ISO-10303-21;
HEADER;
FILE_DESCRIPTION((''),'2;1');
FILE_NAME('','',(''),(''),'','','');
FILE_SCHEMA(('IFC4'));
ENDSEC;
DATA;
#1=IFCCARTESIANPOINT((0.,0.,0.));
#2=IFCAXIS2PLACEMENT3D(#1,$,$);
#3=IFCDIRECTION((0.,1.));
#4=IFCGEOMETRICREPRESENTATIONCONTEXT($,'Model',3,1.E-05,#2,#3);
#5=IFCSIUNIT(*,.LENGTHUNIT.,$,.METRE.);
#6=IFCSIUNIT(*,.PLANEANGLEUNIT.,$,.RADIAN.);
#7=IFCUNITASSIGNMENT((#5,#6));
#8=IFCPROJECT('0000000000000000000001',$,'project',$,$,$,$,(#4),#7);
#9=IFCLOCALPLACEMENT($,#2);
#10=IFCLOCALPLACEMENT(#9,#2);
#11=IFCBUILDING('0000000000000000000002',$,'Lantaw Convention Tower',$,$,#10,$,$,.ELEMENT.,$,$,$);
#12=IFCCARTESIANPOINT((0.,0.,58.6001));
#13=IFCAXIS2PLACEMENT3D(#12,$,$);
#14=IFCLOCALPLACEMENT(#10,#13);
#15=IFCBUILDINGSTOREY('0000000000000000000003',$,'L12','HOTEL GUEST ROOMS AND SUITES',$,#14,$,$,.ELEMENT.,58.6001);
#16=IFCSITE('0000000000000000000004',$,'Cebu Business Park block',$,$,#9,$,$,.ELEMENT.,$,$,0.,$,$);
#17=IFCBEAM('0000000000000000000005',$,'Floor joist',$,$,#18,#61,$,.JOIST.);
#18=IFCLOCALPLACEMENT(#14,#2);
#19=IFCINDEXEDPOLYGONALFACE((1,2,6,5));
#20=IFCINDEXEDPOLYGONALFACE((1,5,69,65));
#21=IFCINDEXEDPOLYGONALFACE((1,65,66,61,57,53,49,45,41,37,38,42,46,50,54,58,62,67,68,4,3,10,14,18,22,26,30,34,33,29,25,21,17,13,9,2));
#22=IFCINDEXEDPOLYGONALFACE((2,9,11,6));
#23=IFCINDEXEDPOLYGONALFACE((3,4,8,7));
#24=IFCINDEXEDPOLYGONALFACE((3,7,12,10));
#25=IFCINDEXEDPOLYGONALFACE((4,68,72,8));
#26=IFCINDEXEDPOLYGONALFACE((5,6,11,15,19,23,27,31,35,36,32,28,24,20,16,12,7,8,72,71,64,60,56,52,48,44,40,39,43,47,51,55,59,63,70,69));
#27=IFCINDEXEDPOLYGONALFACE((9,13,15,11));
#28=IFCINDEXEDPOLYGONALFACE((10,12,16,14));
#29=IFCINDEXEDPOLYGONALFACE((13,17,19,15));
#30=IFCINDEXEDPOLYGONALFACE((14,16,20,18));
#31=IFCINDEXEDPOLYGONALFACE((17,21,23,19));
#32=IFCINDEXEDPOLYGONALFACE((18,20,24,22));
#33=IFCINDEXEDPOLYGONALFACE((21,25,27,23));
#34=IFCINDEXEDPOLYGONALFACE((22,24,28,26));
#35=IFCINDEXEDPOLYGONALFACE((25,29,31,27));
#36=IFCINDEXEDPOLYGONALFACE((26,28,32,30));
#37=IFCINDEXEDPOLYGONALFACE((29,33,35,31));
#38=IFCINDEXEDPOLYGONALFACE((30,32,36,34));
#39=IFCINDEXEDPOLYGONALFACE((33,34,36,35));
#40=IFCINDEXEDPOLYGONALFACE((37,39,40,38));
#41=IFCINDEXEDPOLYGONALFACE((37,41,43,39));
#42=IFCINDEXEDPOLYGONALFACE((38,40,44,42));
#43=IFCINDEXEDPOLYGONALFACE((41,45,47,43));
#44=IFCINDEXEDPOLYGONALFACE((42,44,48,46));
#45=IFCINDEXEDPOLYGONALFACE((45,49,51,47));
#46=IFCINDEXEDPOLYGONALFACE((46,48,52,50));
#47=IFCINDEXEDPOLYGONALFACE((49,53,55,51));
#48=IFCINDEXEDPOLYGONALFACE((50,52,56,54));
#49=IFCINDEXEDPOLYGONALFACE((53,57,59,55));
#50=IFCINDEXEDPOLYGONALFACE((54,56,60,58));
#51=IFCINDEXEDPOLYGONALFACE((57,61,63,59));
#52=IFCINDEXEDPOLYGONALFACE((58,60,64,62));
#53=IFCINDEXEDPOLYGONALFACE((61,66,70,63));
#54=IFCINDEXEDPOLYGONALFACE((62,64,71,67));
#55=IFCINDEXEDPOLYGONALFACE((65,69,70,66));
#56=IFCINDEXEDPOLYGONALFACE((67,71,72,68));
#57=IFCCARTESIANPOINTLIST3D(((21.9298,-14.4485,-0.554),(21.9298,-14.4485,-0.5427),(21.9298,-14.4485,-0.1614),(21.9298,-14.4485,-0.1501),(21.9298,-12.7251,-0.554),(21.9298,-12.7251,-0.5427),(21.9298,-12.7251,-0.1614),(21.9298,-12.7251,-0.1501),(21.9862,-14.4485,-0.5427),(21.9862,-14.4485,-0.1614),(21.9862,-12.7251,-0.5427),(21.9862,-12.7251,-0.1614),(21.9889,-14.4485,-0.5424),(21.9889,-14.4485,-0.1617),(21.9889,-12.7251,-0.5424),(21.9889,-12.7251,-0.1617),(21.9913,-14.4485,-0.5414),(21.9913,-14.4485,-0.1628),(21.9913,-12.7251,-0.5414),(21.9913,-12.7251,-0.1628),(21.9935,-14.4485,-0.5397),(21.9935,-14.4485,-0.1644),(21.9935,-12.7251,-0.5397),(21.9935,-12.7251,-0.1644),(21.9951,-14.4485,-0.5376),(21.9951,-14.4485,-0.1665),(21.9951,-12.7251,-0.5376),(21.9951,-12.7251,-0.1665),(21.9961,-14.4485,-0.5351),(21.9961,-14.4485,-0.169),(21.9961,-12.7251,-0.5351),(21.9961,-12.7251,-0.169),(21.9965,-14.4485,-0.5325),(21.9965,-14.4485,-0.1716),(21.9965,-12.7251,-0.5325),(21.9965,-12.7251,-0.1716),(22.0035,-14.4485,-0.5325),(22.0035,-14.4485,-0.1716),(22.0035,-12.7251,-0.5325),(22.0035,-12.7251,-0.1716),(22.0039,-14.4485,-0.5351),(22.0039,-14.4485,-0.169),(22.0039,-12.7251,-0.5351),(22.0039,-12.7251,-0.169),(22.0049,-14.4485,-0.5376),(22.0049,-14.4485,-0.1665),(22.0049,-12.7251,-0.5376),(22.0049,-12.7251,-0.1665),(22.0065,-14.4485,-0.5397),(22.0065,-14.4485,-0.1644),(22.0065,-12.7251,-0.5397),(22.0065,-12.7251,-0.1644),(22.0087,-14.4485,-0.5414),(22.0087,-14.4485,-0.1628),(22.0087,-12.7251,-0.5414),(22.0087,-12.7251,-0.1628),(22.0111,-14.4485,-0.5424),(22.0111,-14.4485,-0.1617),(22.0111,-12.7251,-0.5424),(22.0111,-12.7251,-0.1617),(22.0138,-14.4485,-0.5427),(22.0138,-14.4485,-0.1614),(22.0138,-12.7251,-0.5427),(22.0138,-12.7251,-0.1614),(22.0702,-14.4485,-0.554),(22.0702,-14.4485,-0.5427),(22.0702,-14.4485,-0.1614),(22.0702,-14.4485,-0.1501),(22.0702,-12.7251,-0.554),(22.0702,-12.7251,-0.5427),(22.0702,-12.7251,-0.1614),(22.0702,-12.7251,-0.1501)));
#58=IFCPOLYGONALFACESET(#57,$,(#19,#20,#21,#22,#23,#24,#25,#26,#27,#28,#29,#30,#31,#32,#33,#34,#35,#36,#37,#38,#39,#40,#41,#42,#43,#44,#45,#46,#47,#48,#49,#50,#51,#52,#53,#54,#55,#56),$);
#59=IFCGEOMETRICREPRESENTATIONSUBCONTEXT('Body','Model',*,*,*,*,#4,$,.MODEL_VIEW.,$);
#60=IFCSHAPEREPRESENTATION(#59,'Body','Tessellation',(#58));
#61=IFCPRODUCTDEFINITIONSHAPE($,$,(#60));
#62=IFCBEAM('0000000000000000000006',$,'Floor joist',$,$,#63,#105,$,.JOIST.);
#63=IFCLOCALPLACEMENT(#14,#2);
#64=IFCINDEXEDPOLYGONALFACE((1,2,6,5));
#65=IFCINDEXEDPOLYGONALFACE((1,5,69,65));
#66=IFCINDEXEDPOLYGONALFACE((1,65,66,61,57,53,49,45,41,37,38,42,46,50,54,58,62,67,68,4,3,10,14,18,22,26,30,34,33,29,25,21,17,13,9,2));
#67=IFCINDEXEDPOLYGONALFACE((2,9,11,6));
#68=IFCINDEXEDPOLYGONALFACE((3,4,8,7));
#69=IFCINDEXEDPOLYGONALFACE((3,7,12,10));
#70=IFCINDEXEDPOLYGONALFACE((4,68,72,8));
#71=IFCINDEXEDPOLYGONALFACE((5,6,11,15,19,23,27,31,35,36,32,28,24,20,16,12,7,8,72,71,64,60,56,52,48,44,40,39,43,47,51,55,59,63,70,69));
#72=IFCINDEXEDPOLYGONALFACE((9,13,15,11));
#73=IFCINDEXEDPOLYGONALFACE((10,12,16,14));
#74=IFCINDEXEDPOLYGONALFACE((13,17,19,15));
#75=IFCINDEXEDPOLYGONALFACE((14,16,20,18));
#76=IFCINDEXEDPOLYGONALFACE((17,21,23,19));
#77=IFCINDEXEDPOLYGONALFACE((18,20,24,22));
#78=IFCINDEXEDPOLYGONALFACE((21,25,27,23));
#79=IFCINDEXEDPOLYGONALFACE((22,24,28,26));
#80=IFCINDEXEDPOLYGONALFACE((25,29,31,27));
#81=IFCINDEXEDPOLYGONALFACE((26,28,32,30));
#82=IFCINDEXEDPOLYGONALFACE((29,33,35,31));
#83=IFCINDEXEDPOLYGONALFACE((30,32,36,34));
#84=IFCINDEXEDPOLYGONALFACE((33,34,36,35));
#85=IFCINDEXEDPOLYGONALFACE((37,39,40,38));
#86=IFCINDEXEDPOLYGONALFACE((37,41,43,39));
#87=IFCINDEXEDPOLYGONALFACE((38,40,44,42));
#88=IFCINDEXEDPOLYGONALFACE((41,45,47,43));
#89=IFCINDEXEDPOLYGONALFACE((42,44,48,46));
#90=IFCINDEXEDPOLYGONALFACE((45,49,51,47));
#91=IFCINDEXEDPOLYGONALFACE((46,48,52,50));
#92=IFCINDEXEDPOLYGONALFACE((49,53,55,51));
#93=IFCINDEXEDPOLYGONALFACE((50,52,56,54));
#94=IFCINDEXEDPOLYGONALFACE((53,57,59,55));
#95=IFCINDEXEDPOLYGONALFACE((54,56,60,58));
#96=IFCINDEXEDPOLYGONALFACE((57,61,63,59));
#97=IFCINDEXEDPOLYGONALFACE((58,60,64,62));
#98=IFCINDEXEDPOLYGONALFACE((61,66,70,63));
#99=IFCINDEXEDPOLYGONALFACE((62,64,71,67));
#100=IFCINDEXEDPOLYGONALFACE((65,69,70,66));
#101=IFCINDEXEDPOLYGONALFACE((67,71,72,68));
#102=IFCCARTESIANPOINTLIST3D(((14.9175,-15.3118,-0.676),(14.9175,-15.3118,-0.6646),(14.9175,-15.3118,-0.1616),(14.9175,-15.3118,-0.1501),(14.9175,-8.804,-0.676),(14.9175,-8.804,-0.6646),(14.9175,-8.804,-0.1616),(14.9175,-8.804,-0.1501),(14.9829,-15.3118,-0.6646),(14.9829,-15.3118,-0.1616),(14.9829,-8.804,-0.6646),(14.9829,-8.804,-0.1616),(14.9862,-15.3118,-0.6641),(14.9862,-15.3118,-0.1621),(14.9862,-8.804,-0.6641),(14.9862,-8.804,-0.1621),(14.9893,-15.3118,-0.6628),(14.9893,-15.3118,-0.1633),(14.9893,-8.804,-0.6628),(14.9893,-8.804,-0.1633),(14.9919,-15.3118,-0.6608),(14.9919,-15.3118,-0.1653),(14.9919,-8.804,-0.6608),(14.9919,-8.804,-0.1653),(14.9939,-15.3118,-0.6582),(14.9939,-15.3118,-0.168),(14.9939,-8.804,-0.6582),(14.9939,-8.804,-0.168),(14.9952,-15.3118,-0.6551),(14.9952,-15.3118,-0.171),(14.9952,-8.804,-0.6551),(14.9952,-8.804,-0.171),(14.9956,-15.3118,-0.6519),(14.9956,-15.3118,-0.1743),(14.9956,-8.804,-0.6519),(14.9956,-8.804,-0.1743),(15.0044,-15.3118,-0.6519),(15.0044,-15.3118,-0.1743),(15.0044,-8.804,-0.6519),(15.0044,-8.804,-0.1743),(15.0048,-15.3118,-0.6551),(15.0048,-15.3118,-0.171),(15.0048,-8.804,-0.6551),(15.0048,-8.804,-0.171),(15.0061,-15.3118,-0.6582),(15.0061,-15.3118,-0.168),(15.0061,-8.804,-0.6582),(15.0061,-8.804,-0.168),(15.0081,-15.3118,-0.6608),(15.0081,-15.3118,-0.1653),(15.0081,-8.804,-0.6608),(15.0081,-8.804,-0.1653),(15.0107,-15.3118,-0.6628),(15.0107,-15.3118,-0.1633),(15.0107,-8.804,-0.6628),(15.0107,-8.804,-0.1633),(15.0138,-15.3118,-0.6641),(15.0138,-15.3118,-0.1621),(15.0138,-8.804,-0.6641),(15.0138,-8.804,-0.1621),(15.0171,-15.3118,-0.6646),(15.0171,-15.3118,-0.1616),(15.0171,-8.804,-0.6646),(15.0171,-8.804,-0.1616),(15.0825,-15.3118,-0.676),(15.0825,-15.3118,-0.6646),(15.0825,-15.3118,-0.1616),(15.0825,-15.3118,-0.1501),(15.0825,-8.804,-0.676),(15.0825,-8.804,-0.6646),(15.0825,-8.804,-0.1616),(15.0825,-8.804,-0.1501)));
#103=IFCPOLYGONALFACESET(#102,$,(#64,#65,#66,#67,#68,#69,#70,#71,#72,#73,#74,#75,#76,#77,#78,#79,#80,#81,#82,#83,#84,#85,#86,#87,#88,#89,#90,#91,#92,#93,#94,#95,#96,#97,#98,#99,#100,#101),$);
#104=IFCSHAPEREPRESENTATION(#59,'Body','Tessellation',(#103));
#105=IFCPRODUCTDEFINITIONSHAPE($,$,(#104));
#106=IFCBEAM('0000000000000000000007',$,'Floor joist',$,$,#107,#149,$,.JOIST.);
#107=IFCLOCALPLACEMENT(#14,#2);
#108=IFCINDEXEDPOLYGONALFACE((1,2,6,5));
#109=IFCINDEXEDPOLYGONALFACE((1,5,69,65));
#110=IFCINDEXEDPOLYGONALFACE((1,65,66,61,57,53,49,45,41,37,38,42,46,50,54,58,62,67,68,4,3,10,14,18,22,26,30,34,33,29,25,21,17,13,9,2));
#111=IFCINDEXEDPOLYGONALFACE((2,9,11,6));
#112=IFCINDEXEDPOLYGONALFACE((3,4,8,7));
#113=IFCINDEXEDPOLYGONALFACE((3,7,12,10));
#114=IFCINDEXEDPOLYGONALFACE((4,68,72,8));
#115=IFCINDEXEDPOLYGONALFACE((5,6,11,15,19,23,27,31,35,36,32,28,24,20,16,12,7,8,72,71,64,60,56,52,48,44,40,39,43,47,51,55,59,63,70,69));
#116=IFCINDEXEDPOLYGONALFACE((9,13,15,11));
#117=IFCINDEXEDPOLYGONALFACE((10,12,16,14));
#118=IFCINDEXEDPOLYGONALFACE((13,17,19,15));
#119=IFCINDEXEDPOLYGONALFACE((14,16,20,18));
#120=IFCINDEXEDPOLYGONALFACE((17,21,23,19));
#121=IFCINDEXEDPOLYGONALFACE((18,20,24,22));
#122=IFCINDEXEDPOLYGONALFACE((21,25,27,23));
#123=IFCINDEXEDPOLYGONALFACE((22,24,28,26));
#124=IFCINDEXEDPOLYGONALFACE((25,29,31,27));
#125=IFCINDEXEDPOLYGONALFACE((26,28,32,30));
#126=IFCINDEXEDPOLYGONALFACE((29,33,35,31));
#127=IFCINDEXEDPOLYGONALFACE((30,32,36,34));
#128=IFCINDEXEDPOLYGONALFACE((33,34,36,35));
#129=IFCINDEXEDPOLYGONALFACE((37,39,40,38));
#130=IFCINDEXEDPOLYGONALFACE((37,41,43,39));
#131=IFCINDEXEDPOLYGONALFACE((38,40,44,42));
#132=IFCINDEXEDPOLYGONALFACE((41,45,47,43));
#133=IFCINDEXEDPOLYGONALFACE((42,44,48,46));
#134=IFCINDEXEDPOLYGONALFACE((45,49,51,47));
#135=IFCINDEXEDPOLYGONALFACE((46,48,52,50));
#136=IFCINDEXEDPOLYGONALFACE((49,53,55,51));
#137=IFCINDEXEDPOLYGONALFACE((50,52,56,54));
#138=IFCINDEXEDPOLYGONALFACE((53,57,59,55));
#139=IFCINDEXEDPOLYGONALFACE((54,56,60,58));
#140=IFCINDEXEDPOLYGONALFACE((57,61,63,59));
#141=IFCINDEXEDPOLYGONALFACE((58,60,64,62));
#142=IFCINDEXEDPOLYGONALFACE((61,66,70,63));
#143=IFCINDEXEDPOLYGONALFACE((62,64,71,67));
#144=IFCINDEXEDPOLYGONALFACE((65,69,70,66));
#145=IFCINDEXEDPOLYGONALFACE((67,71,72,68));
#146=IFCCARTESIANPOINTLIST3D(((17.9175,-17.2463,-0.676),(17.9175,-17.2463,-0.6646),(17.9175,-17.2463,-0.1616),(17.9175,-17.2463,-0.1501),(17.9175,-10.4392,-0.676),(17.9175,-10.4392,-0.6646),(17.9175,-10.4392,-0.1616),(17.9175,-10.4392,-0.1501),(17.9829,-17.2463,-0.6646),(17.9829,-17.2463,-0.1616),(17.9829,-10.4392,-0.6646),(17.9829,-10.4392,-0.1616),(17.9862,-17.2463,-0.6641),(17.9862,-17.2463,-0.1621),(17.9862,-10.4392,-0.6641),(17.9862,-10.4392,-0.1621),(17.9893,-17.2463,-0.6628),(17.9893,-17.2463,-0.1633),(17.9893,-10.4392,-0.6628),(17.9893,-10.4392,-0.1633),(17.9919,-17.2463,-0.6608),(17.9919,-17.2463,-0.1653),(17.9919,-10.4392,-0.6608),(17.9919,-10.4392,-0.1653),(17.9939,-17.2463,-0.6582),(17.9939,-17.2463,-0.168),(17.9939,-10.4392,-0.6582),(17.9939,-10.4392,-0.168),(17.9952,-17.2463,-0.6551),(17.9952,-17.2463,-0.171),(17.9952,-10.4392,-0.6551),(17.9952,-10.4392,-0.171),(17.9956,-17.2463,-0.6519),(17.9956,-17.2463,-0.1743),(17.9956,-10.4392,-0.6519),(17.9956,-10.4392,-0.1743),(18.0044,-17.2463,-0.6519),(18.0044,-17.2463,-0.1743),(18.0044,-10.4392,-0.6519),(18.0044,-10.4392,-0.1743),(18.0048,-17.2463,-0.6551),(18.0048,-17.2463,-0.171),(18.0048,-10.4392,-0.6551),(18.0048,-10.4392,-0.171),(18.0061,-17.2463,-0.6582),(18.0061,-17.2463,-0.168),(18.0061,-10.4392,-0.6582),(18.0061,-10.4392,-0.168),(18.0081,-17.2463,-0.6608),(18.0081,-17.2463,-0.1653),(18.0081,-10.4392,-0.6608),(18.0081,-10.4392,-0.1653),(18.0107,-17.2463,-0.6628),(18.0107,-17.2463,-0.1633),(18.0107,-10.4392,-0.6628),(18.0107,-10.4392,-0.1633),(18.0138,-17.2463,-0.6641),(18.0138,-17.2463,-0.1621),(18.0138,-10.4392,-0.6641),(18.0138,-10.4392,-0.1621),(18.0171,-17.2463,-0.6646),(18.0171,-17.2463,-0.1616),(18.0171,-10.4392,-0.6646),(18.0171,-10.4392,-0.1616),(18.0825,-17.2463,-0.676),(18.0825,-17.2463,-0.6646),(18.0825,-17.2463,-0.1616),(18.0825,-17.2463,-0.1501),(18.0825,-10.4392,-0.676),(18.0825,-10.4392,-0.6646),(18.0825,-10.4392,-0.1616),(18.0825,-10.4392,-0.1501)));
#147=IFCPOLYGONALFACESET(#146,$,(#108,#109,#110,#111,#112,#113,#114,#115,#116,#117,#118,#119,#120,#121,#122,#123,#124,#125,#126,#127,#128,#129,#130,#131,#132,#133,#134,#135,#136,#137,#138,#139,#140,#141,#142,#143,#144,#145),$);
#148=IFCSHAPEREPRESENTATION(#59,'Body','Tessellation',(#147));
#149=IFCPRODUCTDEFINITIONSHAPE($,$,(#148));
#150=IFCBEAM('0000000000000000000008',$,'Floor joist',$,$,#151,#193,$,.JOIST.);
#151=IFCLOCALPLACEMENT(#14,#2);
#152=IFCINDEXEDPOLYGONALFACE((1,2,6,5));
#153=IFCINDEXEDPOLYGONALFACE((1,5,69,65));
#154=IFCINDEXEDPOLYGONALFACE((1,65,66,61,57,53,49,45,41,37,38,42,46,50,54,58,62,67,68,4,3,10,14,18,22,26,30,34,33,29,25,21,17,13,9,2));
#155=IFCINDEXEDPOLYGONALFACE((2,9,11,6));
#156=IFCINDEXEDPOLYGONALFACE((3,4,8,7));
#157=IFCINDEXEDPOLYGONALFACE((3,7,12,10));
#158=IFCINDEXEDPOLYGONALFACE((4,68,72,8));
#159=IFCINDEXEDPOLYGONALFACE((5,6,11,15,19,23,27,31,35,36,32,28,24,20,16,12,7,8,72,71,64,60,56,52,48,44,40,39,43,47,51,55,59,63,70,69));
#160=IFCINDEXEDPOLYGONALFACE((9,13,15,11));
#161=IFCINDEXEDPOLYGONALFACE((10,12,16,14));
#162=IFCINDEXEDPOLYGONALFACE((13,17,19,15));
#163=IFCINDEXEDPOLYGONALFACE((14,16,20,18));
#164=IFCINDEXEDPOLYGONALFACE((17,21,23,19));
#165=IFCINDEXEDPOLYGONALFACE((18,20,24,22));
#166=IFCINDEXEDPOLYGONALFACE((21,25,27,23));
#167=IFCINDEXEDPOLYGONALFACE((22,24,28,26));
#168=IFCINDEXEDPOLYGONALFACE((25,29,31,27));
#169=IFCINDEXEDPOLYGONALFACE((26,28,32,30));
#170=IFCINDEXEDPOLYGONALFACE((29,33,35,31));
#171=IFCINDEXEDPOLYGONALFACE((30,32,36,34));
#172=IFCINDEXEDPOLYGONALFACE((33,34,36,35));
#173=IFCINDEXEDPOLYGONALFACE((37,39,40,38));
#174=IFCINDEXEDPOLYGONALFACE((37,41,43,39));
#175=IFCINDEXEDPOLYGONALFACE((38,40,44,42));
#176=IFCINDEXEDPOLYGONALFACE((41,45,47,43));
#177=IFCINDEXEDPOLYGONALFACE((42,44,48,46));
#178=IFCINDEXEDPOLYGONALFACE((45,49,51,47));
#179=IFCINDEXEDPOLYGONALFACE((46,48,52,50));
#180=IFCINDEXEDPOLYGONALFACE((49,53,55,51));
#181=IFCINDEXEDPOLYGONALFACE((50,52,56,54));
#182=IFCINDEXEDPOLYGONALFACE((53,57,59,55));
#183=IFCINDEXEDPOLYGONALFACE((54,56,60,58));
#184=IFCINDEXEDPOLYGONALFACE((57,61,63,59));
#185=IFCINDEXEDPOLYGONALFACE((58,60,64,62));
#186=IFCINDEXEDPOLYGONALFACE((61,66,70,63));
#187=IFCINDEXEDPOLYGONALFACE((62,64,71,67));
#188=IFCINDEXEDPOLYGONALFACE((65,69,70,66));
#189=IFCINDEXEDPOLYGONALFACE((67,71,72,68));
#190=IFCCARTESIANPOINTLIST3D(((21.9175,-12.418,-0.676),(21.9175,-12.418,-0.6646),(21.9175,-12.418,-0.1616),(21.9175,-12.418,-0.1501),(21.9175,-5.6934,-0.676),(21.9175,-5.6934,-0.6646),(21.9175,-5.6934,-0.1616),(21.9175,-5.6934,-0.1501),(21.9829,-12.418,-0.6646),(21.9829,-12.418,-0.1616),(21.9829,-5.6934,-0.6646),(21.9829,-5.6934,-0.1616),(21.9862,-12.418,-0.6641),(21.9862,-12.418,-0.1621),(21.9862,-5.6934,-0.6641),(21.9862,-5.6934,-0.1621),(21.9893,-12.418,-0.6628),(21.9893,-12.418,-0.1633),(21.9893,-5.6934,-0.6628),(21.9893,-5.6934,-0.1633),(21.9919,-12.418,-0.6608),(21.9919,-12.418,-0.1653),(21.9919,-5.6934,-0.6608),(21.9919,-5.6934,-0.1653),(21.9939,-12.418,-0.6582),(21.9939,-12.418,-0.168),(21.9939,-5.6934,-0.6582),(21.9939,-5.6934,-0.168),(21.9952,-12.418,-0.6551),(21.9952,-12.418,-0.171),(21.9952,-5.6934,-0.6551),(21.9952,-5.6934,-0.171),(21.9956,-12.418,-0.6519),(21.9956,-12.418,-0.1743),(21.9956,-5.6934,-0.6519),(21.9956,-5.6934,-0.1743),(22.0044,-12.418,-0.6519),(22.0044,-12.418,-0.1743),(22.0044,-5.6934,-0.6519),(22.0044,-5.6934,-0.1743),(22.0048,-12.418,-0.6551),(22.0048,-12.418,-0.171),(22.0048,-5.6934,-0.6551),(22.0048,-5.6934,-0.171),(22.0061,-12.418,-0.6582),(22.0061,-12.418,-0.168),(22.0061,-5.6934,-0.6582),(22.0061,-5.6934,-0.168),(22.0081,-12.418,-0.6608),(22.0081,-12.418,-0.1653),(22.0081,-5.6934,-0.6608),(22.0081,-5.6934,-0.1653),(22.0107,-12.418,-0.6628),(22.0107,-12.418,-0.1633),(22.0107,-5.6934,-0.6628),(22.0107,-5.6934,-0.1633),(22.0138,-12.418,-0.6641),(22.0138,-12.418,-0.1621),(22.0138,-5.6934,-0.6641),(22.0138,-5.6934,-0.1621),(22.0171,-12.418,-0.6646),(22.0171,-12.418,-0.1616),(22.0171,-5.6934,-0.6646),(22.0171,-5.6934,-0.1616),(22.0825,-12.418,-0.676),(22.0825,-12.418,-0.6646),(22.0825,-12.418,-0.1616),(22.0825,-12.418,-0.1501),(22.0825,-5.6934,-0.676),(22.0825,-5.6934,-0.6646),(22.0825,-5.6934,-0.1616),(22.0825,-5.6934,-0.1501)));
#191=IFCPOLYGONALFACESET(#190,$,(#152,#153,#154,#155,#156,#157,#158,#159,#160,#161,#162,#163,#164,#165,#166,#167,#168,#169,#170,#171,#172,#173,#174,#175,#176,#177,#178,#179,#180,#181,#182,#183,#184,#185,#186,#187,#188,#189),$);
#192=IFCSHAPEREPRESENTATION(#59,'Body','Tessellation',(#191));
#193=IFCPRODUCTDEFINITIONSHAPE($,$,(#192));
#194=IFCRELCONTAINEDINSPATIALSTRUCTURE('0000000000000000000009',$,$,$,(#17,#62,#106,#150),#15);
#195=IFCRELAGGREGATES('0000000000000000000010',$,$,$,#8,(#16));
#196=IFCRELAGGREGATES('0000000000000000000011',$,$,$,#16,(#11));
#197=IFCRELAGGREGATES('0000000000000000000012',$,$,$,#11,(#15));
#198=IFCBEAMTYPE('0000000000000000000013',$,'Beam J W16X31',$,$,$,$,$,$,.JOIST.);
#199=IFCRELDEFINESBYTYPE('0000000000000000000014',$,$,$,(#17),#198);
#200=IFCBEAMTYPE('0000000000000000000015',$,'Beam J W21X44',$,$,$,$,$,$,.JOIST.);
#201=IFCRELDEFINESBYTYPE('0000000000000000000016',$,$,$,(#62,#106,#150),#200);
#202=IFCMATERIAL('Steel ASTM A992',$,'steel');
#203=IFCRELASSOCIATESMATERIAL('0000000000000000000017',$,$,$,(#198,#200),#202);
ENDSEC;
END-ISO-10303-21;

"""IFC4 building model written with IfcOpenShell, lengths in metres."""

from ifc_helpers import new_model, si_unit, direction, frame, origin, origin_2d, place, context, subcontext, project, spatial, i_section, extrude, material, material_profile, profile_set, type_object, element, save


model = new_model("IFC4")

# Units and contexts
model_context = context("Model", 3, precision=1e-05, world=origin(), true_north=direction((0.0, 1.0)))
body_context = subcontext(model_context, "Body", "Model", "MODEL_VIEW")
ifc_project = project(units=[si_unit("LENGTHUNIT", "METRE"), si_unit("PLANEANGLEUNIT", "RADIAN")], contexts=[model_context])

# Site, building, storey
site_placement = place(None, origin())
site = spatial("IfcSite", under=ifc_project, at=site_placement, Name="Cebu Business Park block", CompositionType="ELEMENT", RefElevation=0.0)
building_placement = place(site_placement, origin())
building = spatial("IfcBuilding", under=site, at=building_placement, Name="Lantaw Convention Tower", CompositionType="ELEMENT")
storey_placement = place(building_placement, frame((0.0, 0.0, 58.6001)))
storey = spatial("IfcBuildingStorey", under=building, at=storey_placement, Name="L12", Description="HOTEL GUEST ROOMS AND SUITES", CompositionType="ELEMENT", Elevation=58.6001)

# Beams
ifc_material_1 = material(Name="Steel ASTM A992", Category="steel")
ifc_material_profile_1 = material_profile(ifc_material_1, i_section(OverallWidth=0.1404, OverallDepth=0.4038, WebThickness=0.0071, FlangeThickness=0.0112, FilletRadius=0.0103, at=origin_2d()), Name="W16X31")
ifc_profile_set_1 = profile_set([ifc_material_profile_1], Name="Steel ASTM A992")
beam_type_1 = type_object("IfcBeamType", Name="Beam J W16X31", PredefinedType="JOIST", material=ifc_profile_set_1)
beam_1_placement = place(storey_placement, frame((22.0, -14.4485, -0.3521), z_axis=(0.0, 1.0, 0.0), x_axis=(-1.0, 0.0, 0.0)))
element("IfcBeam", 1, at=beam_1_placement, inside=storey, type_object=beam_type_1, Name="Floor joist", PredefinedType="JOIST", context=body_context, shape_type="SweptSolid", body=[
    extrude(i_section(OverallWidth=0.1404, OverallDepth=0.4038, WebThickness=0.0071, FlangeThickness=0.0112, FilletRadius=0.0103, at=origin_2d()), origin(), (0.0, 0.0, 1.0), 1.7234),
])
ifc_material_profile_2 = material_profile(ifc_material_1, i_section(OverallWidth=0.165, OverallDepth=0.5259, WebThickness=0.0088, FlangeThickness=0.0115, FilletRadius=0.0127, at=origin_2d()), Name="W21X44")
ifc_profile_set_2 = profile_set([ifc_material_profile_2], Name="Steel ASTM A992")
beam_type_2 = type_object("IfcBeamType", Name="Beam J W21X44", PredefinedType="JOIST", material=ifc_profile_set_2)
beam_2_placement = place(storey_placement, frame((15.0, -15.3118, -0.4131), z_axis=(0.0, 1.0, 0.0), x_axis=(-1.0, 0.0, 0.0)))
element("IfcBeam", 2, at=beam_2_placement, inside=storey, type_object=beam_type_2, Name="Floor joist", PredefinedType="JOIST", context=body_context, shape_type="SweptSolid", body=[
    extrude(i_section(OverallWidth=0.165, OverallDepth=0.5259, WebThickness=0.0088, FlangeThickness=0.0115, FilletRadius=0.0127, at=origin_2d()), origin(), (0.0, 0.0, 1.0), 6.5078),
])
beam_3_placement = place(storey_placement, frame((18.0, -17.2463, -0.4131), z_axis=(0.0, 1.0, 0.0), x_axis=(-1.0, 0.0, 0.0)))
element("IfcBeam", 3, at=beam_3_placement, inside=storey, type_object=beam_type_2, Name="Floor joist", PredefinedType="JOIST", context=body_context, shape_type="SweptSolid", body=[
    extrude(i_section(OverallWidth=0.165, OverallDepth=0.5259, WebThickness=0.0088, FlangeThickness=0.0115, FilletRadius=0.0127, at=origin_2d()), origin(), (0.0, 0.0, 1.0), 6.8071),
])
beam_4_placement = place(storey_placement, frame((22.0, -12.418, -0.4131), z_axis=(0.0, 1.0, 0.0), x_axis=(-1.0, 0.0, 0.0)))
element("IfcBeam", 4, at=beam_4_placement, inside=storey, type_object=beam_type_2, Name="Floor joist", PredefinedType="JOIST", context=body_context, shape_type="SweptSolid", body=[
    extrude(i_section(OverallWidth=0.165, OverallDepth=0.5259, WebThickness=0.0088, FlangeThickness=0.0115, FilletRadius=0.0127, at=origin_2d()), origin(), (0.0, 0.0, 1.0), 6.7246),
])

save(model, "model.ifc")
